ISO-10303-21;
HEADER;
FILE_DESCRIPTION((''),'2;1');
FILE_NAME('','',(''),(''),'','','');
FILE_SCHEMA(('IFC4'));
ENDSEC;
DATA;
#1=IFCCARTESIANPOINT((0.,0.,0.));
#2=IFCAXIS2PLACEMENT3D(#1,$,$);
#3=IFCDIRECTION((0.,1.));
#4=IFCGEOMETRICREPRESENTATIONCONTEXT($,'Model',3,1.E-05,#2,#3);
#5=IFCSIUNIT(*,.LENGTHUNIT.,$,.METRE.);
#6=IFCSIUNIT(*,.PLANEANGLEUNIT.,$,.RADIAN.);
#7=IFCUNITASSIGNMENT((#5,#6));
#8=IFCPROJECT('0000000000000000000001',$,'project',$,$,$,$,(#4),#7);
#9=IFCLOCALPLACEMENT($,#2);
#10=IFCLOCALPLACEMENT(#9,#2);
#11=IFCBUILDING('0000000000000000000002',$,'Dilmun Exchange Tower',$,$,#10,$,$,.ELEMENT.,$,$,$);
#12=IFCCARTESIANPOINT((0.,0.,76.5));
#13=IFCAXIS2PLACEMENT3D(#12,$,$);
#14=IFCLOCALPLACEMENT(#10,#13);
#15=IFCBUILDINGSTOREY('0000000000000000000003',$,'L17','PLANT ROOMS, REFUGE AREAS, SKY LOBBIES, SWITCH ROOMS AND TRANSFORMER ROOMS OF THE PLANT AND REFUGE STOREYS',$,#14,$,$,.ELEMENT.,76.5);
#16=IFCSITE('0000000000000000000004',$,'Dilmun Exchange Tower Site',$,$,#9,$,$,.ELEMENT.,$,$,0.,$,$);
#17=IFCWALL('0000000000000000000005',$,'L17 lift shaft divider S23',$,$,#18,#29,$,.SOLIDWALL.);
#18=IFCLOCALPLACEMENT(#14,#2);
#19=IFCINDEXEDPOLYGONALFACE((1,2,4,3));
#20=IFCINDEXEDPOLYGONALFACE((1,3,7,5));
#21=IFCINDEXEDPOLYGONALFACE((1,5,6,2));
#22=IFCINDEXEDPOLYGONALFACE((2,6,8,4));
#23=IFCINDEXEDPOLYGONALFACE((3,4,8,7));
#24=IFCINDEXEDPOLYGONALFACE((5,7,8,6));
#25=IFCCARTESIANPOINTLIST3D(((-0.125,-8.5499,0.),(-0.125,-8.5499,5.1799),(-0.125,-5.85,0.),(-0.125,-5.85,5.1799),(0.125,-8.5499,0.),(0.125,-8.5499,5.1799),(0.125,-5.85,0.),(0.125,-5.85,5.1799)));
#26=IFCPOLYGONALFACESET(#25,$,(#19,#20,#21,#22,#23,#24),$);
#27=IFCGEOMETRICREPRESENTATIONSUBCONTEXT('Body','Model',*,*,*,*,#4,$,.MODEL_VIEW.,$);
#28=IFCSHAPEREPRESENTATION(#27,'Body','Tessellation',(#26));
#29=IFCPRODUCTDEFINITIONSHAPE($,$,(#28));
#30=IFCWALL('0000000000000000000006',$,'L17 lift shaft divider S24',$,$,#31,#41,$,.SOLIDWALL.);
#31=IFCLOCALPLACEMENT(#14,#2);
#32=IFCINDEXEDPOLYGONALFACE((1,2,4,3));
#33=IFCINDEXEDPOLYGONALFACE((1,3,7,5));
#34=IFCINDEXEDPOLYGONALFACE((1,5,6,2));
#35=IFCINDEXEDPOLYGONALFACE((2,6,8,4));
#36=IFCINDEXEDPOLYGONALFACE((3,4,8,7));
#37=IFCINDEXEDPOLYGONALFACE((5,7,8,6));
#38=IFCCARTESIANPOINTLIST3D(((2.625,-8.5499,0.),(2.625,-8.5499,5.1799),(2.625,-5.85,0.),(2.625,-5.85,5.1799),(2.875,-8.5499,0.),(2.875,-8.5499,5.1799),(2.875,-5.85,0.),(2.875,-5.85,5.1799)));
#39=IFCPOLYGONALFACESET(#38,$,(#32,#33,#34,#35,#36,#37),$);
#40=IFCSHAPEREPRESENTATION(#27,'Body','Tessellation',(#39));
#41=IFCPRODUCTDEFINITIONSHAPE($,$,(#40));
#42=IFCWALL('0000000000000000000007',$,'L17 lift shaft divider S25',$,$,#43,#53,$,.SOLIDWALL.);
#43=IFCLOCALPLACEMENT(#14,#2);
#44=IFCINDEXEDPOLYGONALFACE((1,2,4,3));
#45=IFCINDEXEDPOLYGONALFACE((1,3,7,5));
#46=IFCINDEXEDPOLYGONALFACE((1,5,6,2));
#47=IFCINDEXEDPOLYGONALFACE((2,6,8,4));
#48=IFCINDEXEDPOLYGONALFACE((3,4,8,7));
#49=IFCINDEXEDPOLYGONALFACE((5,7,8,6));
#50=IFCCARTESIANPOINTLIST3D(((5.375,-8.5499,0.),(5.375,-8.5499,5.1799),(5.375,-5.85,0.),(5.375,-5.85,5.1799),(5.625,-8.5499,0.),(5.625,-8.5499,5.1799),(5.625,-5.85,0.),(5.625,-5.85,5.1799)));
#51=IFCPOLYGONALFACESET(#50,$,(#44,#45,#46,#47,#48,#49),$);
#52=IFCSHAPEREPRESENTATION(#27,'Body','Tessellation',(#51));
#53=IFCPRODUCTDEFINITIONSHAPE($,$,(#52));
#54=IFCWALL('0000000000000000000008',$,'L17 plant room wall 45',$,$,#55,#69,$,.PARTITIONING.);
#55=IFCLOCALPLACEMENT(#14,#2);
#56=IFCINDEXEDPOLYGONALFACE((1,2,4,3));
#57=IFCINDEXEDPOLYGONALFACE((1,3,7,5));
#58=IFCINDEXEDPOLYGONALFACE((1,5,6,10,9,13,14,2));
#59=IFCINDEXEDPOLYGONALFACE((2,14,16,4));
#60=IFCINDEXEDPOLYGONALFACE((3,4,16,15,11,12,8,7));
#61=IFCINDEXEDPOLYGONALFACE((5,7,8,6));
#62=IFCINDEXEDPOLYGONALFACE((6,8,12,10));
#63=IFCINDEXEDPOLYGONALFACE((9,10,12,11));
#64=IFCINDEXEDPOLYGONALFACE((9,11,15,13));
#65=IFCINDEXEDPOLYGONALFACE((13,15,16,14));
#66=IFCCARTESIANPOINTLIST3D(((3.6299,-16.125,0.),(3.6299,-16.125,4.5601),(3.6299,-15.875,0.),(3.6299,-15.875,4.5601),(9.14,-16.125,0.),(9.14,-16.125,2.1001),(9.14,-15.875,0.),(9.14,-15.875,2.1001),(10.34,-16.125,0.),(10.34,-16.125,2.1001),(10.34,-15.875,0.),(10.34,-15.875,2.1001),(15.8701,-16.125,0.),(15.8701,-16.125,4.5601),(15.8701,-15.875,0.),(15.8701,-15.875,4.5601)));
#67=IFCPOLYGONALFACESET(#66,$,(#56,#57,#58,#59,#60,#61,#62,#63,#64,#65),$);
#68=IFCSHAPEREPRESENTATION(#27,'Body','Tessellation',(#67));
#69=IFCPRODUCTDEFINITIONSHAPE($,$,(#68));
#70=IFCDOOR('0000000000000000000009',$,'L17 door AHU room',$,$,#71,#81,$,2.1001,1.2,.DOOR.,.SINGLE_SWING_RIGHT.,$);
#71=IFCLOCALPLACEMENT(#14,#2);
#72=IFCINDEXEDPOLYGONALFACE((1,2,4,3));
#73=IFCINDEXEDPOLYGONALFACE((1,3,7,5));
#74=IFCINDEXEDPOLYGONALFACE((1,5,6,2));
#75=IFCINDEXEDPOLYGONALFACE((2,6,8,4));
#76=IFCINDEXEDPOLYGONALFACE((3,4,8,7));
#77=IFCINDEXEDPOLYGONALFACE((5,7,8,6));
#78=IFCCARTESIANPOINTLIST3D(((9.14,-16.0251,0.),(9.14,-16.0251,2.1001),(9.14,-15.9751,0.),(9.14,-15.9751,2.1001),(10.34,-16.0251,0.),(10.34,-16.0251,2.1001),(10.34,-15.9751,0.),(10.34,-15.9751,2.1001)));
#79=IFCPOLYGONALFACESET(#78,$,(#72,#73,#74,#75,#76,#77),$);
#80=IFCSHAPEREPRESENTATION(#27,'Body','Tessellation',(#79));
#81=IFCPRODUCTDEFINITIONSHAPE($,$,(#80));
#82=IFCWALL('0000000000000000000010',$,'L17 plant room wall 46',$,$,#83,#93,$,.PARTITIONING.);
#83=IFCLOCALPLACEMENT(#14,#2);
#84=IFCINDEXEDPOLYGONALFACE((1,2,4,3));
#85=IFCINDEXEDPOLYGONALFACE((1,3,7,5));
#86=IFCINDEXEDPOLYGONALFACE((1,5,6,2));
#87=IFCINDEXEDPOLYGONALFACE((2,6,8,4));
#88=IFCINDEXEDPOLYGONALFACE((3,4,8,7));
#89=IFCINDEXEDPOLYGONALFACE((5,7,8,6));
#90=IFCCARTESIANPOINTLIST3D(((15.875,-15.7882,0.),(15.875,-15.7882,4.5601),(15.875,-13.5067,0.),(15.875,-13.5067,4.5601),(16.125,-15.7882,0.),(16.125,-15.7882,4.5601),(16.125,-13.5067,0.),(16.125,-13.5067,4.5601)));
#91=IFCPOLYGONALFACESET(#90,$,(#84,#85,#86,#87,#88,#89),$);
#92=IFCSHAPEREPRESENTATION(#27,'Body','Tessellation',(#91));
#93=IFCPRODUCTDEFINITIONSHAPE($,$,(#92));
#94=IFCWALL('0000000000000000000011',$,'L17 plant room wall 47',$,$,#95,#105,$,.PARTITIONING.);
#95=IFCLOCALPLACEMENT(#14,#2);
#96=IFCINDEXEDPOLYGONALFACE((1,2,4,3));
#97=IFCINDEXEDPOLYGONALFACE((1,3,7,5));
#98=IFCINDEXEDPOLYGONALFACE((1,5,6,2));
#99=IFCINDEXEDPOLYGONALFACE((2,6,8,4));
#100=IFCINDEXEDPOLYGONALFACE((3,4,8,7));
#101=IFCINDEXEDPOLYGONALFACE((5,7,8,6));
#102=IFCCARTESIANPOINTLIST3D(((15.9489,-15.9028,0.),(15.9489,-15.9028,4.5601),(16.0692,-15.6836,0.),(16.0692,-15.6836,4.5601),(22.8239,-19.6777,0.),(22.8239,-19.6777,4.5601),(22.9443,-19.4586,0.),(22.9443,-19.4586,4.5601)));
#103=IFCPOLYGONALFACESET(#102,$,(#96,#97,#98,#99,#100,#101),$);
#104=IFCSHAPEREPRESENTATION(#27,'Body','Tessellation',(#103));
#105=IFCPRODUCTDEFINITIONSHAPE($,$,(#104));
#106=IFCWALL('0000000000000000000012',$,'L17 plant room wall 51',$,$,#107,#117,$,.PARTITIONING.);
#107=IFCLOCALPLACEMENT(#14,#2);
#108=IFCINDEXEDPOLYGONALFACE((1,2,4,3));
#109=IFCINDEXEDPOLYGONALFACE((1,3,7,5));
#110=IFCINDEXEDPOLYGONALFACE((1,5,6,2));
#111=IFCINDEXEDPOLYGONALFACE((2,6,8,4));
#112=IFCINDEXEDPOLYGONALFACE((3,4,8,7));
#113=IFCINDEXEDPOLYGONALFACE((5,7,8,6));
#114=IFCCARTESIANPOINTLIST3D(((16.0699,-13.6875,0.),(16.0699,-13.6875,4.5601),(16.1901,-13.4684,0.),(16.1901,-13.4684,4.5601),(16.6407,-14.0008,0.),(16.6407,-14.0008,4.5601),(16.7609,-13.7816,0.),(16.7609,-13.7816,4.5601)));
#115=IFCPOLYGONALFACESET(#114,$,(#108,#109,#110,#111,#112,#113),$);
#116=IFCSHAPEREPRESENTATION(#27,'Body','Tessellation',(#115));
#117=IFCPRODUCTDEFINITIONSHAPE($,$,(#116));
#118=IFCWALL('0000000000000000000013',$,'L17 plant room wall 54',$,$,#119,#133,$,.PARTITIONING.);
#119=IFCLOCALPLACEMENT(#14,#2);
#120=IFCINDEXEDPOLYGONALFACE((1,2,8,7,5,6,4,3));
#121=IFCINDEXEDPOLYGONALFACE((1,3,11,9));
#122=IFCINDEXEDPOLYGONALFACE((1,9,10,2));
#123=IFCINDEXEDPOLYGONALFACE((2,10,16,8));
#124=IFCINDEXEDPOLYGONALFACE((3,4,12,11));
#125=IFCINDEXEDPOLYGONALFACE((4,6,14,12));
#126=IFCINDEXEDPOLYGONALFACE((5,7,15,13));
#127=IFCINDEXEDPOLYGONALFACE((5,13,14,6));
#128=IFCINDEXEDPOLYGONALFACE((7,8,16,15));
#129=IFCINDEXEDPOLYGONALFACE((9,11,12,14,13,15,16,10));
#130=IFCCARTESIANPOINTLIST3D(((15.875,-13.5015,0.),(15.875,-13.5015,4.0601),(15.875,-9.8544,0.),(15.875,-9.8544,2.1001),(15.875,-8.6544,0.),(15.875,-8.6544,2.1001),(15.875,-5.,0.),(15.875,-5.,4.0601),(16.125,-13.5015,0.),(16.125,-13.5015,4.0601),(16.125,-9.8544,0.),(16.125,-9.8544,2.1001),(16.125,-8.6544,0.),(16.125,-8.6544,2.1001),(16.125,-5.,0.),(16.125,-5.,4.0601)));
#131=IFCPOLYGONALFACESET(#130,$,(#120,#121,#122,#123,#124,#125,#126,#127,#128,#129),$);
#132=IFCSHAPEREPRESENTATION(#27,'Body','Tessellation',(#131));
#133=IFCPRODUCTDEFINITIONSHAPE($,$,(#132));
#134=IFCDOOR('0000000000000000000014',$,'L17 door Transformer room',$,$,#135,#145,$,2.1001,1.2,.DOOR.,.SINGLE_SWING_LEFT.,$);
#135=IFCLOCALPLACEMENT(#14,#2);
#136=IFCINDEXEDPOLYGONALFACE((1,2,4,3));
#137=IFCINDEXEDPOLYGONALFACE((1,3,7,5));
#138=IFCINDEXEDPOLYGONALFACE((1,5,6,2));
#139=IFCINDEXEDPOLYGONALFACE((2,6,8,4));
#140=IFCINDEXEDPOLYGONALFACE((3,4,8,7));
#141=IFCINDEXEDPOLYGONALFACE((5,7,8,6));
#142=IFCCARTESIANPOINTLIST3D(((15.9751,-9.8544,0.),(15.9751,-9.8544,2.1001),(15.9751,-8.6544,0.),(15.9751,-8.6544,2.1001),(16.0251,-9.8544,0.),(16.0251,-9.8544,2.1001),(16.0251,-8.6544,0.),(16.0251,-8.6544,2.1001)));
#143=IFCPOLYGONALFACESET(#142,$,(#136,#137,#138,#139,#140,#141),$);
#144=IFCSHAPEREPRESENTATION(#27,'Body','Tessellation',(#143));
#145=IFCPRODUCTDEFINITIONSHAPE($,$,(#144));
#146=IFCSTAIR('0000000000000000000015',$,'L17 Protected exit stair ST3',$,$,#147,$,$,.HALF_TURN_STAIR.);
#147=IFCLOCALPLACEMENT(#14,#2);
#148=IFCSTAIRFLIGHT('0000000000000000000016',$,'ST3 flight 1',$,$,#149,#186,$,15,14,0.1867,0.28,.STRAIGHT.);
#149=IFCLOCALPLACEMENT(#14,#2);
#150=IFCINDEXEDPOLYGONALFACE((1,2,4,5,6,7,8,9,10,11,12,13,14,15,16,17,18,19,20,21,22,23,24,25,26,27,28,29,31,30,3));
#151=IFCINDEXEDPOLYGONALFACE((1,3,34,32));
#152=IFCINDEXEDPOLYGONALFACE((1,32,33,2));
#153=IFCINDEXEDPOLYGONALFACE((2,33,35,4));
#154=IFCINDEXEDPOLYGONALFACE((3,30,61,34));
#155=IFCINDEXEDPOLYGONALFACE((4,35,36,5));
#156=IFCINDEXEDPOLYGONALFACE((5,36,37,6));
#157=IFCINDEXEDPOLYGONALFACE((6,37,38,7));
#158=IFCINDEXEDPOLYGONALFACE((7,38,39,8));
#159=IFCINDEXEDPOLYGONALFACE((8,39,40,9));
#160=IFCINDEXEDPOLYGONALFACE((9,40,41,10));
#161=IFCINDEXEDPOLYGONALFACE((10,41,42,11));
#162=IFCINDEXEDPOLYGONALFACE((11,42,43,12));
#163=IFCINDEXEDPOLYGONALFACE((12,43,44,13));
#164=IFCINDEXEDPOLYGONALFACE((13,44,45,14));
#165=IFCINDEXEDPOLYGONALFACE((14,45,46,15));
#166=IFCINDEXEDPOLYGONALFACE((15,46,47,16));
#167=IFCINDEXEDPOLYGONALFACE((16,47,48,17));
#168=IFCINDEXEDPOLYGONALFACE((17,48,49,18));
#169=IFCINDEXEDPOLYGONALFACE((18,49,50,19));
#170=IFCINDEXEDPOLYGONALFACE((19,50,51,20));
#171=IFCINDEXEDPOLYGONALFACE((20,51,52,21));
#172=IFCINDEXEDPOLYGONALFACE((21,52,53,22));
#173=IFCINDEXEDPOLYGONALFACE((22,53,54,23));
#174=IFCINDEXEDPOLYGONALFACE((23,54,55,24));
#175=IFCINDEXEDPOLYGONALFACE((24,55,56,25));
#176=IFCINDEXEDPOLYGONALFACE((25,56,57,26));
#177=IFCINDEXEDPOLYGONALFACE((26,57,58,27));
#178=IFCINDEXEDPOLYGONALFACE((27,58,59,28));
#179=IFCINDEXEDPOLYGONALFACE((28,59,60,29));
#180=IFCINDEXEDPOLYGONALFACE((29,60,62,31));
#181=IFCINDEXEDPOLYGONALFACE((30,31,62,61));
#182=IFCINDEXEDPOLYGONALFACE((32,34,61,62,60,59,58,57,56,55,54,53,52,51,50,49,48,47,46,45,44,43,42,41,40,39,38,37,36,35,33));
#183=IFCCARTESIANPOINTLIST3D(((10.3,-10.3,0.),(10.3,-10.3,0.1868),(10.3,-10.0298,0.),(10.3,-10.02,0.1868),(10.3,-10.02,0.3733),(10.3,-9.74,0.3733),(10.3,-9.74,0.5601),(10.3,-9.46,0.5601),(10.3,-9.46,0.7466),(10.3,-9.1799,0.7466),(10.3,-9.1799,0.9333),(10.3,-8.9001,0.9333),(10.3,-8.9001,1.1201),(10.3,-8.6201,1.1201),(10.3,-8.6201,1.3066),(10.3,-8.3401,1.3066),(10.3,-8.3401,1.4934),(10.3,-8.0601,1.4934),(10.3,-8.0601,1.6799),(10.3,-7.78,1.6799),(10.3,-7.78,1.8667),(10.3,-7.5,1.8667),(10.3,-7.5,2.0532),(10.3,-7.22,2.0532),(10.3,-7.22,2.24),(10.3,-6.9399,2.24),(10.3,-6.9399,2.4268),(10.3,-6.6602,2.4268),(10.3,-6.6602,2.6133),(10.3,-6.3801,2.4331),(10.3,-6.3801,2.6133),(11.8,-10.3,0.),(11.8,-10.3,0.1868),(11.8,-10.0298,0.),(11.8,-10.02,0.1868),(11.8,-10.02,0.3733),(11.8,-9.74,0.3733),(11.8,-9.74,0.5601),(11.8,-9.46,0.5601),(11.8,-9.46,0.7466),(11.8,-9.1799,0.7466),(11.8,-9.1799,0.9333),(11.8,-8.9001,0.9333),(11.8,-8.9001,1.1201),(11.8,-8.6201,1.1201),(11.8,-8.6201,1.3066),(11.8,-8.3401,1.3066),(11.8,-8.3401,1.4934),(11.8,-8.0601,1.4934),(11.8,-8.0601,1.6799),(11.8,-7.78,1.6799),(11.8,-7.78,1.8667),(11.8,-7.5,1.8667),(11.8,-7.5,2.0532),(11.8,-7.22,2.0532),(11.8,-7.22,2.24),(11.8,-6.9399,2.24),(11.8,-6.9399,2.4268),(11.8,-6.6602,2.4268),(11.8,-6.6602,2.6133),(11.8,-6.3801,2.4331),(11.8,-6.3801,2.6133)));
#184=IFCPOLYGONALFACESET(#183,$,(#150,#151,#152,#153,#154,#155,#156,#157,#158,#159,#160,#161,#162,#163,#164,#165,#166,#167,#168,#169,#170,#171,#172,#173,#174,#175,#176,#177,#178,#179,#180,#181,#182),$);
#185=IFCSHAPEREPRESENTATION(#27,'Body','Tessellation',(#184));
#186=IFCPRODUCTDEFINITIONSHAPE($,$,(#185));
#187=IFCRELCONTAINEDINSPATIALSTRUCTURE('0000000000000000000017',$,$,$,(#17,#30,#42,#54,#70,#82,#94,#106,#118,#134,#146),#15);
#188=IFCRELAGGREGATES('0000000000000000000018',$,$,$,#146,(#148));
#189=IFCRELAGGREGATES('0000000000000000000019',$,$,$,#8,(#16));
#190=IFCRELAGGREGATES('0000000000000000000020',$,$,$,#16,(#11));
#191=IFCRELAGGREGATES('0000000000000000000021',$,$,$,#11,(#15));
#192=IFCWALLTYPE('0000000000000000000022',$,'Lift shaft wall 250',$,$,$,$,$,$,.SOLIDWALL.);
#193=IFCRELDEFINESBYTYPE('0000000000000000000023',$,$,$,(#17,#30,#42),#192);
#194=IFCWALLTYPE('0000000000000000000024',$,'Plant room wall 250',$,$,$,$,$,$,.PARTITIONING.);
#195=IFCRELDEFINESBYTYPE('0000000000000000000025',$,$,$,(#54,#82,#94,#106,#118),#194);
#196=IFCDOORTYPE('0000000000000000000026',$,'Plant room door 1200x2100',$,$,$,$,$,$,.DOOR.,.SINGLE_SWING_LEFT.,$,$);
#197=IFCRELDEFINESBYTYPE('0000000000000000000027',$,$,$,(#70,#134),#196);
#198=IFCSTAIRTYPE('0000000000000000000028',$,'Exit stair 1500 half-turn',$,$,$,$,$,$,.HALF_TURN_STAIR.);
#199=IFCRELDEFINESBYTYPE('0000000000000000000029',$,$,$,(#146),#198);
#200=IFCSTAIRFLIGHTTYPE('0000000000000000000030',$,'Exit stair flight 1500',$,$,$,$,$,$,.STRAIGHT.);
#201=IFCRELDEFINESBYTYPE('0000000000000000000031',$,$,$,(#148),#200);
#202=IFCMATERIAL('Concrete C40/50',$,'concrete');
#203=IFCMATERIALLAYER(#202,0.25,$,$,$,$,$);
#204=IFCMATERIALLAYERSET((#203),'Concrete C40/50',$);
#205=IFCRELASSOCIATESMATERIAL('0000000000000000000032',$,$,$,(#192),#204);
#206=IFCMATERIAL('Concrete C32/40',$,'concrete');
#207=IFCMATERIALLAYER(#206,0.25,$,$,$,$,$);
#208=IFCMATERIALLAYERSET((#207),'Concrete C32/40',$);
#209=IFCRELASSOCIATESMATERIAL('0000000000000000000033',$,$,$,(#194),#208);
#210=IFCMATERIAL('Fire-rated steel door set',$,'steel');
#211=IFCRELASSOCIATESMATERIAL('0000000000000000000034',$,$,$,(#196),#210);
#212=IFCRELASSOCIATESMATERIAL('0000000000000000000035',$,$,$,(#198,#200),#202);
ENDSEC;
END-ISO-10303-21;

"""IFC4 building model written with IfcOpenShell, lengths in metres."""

from ifc_helpers import new_model, si_unit, direction, frame, frame_2d, origin, place, context, subcontext, project, spatial, polyline, rectangle, outline, extrude, material, layer, layer_set, type_object, element, fill, aggregate, save


model = new_model("IFC4")

# Units and contexts
model_context = context("Model", 3, precision=1e-05, world=origin(), true_north=direction((0.0, 1.0)))
body_context = subcontext(model_context, "Body", "Model", "MODEL_VIEW")
ifc_project = project(units=[si_unit("LENGTHUNIT", "METRE"), si_unit("PLANEANGLEUNIT", "RADIAN")], contexts=[model_context])

# Site, building, storey
site_placement = place(None, origin())
site = spatial("IfcSite", under=ifc_project, at=site_placement, Name="Dilmun Exchange Tower Site", CompositionType="ELEMENT", RefElevation=0.0)
building_placement = place(site_placement, origin())
building = spatial("IfcBuilding", under=site, at=building_placement, Name="Dilmun Exchange Tower", CompositionType="ELEMENT")
storey_placement = place(building_placement, frame((0.0, 0.0, 76.5)))
storey = spatial("IfcBuildingStorey", under=building, at=storey_placement, Name="L17", Description="PLANT ROOMS, REFUGE AREAS, SKY LOBBIES, SWITCH ROOMS AND TRANSFORMER ROOMS OF THE PLANT AND REFUGE STOREYS", CompositionType="ELEMENT", Elevation=76.5)

# Shared definitions
ifc_material_1 = material(Name="Concrete C40/50", Category="concrete")

# Shared definitions
ifc_material_2 = material(Name="Fire-rated steel door set", Category="steel")

# Shared definitions
ifc_layer_1 = layer(ifc_material_1, 0.25)
ifc_layer_set_1 = layer_set([ifc_layer_1], Name="Concrete C40/50")
wall_type_1 = type_object("IfcWallType", Name="Lift shaft wall 250", PredefinedType="SOLIDWALL", material=ifc_layer_set_1)

# Walls
for number, where, z_axis, x_axis, name in (
    (1, (0.0, -8.55, 0.0), (0.0, 0.0, 1.0), (0.0, 1.0, 0.0), "L17 lift shaft divider S23"),
    (2, (2.75, -8.55, 0.0), (0.0, 0.0, 1.0), (0.0, 1.0, 0.0), "L17 lift shaft divider S24"),
    (3, (5.5, -8.55, 0.0), (0.0, 0.0, 1.0), (0.0, 1.0, 0.0), "L17 lift shaft divider S25"),
):
    element("IfcWall", number, at=place(storey_placement, frame(where, z_axis=z_axis, x_axis=x_axis)), inside=storey, type_object=wall_type_1, Name=name, PredefinedType="SOLIDWALL", context=body_context, shape_type="SweptSolid", body=[
        extrude(rectangle(XDim=2.7, YDim=0.25, at=frame_2d((1.3501, 0.0))), origin(), (0.0, 0.0, 1.0), 5.1799),
    ])

# Wall, opening, door
ifc_material_3 = material(Name="Concrete C32/40", Category="concrete")
ifc_layer_2 = layer(ifc_material_3, 0.25)
ifc_layer_set_2 = layer_set([ifc_layer_2], Name="Concrete C32/40")
wall_type_2 = type_object("IfcWallType", Name="Plant room wall 250", PredefinedType="PARTITIONING", material=ifc_layer_set_2)
wall_1_placement = place(storey_placement, frame((3.6299, -16.0, 0.0), z_axis=(0.0, 0.0, 1.0), x_axis=(1.0, 0.0, 0.0)))
wall_1 = element("IfcWall", 4, at=wall_1_placement, inside=storey, type_object=wall_type_2, Name="L17 plant room wall 45", PredefinedType="PARTITIONING", context=body_context, shape_type="SweptSolid", body=[
    extrude(rectangle(XDim=12.2402, YDim=0.25, at=frame_2d((6.1201, 0.0))), origin(), (0.0, 0.0, 1.0), 4.5601),
])
opening_1_placement = place(wall_1_placement, frame((5.51, 0.0, 0.0)))
opening_1 = element("IfcOpeningElement", 5, at=opening_1_placement, cuts=wall_1, PredefinedType="OPENING", context=body_context, shape_type="SweptSolid", body=[
    extrude(rectangle(XDim=1.2, YDim=2.1001, at=frame_2d((0.6001, 1.05))), frame((0.0, 0.135, 0.0), z_axis=(0.0, -1.0, 0.0), x_axis=(1.0, 0.0, 0.0)), (0.0, 0.0, 1.0), 0.27),
])
door_type_1 = type_object("IfcDoorType", Name="Plant room door 1200x2100", OperationType="SINGLE_SWING_LEFT", PredefinedType="DOOR", material=ifc_material_2)
door_1_placement = place(opening_1_placement, origin())
door_1 = element("IfcDoor", 6, at=door_1_placement, inside=storey, type_object=door_type_1, Name="L17 door AHU room", OperationType="SINGLE_SWING_RIGHT", OverallHeight=2.1001, OverallWidth=1.2, PredefinedType="DOOR", context=body_context, shape_type="SweptSolid", body=[
    extrude(rectangle(XDim=1.2, YDim=2.1001, at=frame_2d((0.6001, 1.05))), frame((0.0, 0.0249, 0.0), z_axis=(0.0, -1.0, 0.0), x_axis=(1.0, 0.0, 0.0)), (0.0, 0.0, 1.0), 0.05),
])
fill(opening_1, door_1)

# Walls
wall_2_placement = place(storey_placement, frame((16.0, -15.7881, 0.0), z_axis=(0.0, 0.0, 1.0), x_axis=(0.0, 1.0, 0.0)))
element("IfcWall", 7, at=wall_2_placement, inside=storey, type_object=wall_type_2, Name="L17 plant room wall 46", PredefinedType="PARTITIONING", context=body_context, shape_type="SweptSolid", body=[
    extrude(rectangle(XDim=2.2815, YDim=0.25, at=frame_2d((1.1406, 0.0))), origin(), (0.0, 0.0, 1.0), 4.5601),
])
wall_3_placement = place(storey_placement, frame((16.009, -15.7932, 0.0), z_axis=(0.0, 0.0, 1.0), x_axis=(0.876557, -0.481297, 0.0)))
element("IfcWall", 8, at=wall_3_placement, inside=storey, type_object=wall_type_2, Name="L17 plant room wall 47", PredefinedType="PARTITIONING", context=body_context, shape_type="SweptSolid", body=[
    extrude(rectangle(XDim=7.8433, YDim=0.25, at=frame_2d((3.9216, 0.0))), origin(), (0.0, 0.0, 1.0), 4.5601),
])
wall_4_placement = place(storey_placement, frame((16.1299, -13.5779, 0.0), z_axis=(0.0, 0.0, 1.0), x_axis=(0.876675, -0.481084, 0.0)))
element("IfcWall", 9, at=wall_4_placement, inside=storey, type_object=wall_type_2, Name="L17 plant room wall 51", PredefinedType="PARTITIONING", context=body_context, shape_type="SweptSolid", body=[
    extrude(rectangle(XDim=0.6511, YDim=0.25, at=frame_2d((0.3257, 0.0))), origin(), (0.0, 0.0, 1.0), 4.5601),
])

# Wall, opening, door
wall_5_placement = place(storey_placement, frame((16.0, -13.5015, 0.0), z_axis=(0.0, 0.0, 1.0), x_axis=(0.0, 1.0, 0.0)))
wall_5 = element("IfcWall", 10, at=wall_5_placement, inside=storey, type_object=wall_type_2, Name="L17 plant room wall 54", PredefinedType="PARTITIONING", context=body_context, shape_type="SweptSolid", body=[
    extrude(rectangle(XDim=8.5015, YDim=0.25, at=frame_2d((4.2507, 0.0))), origin(), (0.0, 0.0, 1.0), 4.0601),
])
opening_2_placement = place(wall_5_placement, frame((3.647, 0.0, 0.0)))
opening_2 = element("IfcOpeningElement", 11, at=opening_2_placement, cuts=wall_5, PredefinedType="OPENING", context=body_context, shape_type="SweptSolid", body=[
    extrude(rectangle(XDim=1.2, YDim=2.1001, at=frame_2d((0.6001, 1.05))), frame((0.0, 0.135, 0.0), z_axis=(0.0, -1.0, 0.0), x_axis=(1.0, 0.0, 0.0)), (0.0, 0.0, 1.0), 0.27),
])
door_2_placement = place(opening_2_placement, origin())
door_2 = element("IfcDoor", 12, at=door_2_placement, inside=storey, type_object=door_type_1, Name="L17 door Transformer room", OperationType="SINGLE_SWING_LEFT", OverallHeight=2.1001, OverallWidth=1.2, PredefinedType="DOOR", context=body_context, shape_type="SweptSolid", body=[
    extrude(rectangle(XDim=1.2, YDim=2.1001, at=frame_2d((0.6001, 1.05))), frame((0.0, 0.0249, 0.0), z_axis=(0.0, -1.0, 0.0), x_axis=(1.0, 0.0, 0.0)), (0.0, 0.0, 1.0), 0.05),
])
fill(opening_2, door_2)

# Stair, stair flight
stair_type = type_object("IfcStairType", Name="Exit stair 1500 half-turn", PredefinedType="HALF_TURN_STAIR", material=ifc_material_1)
stair_placement = place(storey_placement, origin())
stair = element("IfcStair", 13, at=stair_placement, inside=storey, type_object=stair_type, Name="L17 Protected exit stair ST3", PredefinedType="HALF_TURN_STAIR")
stair_flight_type = type_object("IfcStairFlightType", Name="Exit stair flight 1500", PredefinedType="STRAIGHT", material=ifc_material_1)
stair_flight_placement = place(storey_placement, frame((11.05, -10.3, 0.0), z_axis=(0.0, 0.0, 1.0), x_axis=(0.0, 1.0, 0.0)))
stair_flight = element("IfcStairFlight", 14, at=stair_flight_placement, type_object=stair_flight_type, Name="ST3 flight 1", NumberOfRisers=15, NumberOfTreads=14, PredefinedType="STRAIGHT", RiserHeight=0.1867, TreadLength=0.28, context=body_context, shape_type="SweptSolid", body=[
    extrude(outline(polyline([(0.0, 0.0), (0.0, 0.1868), (0.28, 0.1868), (0.28, 0.3733), (0.5601, 0.3733), (0.5601, 0.5601), (0.8401, 0.5601), (0.8401, 0.7466), (1.1201, 0.7466), (1.1201, 0.9333), (1.3999, 0.9333), (1.3999, 1.1201), (1.6799, 1.1201), (1.6799, 1.3066), (1.96, 1.3066), (1.96, 1.4934), (2.24, 1.4934), (2.24, 1.6799), (2.52, 1.6799), (2.52, 1.8667), (2.8, 1.8667), (2.8, 2.0532), (3.0801, 2.0532), (3.0801, 2.24), (3.3601, 2.24), (3.3601, 2.4268), (3.6399, 2.4268), (3.6399, 2.6133), (3.9199, 2.6133), (3.9199, 2.8), (3.9199, 2.4331), (0.2703, 0.0), (0.0, 0.0)])), frame((0.0, 0.75, 0.0), z_axis=(0.0, -1.0, 0.0), x_axis=(1.0, 0.0, 0.0)), (0.0, 0.0, 1.0), 1.5),
])
aggregate(stair, [stair_flight])

save(model, "model.ifc")
